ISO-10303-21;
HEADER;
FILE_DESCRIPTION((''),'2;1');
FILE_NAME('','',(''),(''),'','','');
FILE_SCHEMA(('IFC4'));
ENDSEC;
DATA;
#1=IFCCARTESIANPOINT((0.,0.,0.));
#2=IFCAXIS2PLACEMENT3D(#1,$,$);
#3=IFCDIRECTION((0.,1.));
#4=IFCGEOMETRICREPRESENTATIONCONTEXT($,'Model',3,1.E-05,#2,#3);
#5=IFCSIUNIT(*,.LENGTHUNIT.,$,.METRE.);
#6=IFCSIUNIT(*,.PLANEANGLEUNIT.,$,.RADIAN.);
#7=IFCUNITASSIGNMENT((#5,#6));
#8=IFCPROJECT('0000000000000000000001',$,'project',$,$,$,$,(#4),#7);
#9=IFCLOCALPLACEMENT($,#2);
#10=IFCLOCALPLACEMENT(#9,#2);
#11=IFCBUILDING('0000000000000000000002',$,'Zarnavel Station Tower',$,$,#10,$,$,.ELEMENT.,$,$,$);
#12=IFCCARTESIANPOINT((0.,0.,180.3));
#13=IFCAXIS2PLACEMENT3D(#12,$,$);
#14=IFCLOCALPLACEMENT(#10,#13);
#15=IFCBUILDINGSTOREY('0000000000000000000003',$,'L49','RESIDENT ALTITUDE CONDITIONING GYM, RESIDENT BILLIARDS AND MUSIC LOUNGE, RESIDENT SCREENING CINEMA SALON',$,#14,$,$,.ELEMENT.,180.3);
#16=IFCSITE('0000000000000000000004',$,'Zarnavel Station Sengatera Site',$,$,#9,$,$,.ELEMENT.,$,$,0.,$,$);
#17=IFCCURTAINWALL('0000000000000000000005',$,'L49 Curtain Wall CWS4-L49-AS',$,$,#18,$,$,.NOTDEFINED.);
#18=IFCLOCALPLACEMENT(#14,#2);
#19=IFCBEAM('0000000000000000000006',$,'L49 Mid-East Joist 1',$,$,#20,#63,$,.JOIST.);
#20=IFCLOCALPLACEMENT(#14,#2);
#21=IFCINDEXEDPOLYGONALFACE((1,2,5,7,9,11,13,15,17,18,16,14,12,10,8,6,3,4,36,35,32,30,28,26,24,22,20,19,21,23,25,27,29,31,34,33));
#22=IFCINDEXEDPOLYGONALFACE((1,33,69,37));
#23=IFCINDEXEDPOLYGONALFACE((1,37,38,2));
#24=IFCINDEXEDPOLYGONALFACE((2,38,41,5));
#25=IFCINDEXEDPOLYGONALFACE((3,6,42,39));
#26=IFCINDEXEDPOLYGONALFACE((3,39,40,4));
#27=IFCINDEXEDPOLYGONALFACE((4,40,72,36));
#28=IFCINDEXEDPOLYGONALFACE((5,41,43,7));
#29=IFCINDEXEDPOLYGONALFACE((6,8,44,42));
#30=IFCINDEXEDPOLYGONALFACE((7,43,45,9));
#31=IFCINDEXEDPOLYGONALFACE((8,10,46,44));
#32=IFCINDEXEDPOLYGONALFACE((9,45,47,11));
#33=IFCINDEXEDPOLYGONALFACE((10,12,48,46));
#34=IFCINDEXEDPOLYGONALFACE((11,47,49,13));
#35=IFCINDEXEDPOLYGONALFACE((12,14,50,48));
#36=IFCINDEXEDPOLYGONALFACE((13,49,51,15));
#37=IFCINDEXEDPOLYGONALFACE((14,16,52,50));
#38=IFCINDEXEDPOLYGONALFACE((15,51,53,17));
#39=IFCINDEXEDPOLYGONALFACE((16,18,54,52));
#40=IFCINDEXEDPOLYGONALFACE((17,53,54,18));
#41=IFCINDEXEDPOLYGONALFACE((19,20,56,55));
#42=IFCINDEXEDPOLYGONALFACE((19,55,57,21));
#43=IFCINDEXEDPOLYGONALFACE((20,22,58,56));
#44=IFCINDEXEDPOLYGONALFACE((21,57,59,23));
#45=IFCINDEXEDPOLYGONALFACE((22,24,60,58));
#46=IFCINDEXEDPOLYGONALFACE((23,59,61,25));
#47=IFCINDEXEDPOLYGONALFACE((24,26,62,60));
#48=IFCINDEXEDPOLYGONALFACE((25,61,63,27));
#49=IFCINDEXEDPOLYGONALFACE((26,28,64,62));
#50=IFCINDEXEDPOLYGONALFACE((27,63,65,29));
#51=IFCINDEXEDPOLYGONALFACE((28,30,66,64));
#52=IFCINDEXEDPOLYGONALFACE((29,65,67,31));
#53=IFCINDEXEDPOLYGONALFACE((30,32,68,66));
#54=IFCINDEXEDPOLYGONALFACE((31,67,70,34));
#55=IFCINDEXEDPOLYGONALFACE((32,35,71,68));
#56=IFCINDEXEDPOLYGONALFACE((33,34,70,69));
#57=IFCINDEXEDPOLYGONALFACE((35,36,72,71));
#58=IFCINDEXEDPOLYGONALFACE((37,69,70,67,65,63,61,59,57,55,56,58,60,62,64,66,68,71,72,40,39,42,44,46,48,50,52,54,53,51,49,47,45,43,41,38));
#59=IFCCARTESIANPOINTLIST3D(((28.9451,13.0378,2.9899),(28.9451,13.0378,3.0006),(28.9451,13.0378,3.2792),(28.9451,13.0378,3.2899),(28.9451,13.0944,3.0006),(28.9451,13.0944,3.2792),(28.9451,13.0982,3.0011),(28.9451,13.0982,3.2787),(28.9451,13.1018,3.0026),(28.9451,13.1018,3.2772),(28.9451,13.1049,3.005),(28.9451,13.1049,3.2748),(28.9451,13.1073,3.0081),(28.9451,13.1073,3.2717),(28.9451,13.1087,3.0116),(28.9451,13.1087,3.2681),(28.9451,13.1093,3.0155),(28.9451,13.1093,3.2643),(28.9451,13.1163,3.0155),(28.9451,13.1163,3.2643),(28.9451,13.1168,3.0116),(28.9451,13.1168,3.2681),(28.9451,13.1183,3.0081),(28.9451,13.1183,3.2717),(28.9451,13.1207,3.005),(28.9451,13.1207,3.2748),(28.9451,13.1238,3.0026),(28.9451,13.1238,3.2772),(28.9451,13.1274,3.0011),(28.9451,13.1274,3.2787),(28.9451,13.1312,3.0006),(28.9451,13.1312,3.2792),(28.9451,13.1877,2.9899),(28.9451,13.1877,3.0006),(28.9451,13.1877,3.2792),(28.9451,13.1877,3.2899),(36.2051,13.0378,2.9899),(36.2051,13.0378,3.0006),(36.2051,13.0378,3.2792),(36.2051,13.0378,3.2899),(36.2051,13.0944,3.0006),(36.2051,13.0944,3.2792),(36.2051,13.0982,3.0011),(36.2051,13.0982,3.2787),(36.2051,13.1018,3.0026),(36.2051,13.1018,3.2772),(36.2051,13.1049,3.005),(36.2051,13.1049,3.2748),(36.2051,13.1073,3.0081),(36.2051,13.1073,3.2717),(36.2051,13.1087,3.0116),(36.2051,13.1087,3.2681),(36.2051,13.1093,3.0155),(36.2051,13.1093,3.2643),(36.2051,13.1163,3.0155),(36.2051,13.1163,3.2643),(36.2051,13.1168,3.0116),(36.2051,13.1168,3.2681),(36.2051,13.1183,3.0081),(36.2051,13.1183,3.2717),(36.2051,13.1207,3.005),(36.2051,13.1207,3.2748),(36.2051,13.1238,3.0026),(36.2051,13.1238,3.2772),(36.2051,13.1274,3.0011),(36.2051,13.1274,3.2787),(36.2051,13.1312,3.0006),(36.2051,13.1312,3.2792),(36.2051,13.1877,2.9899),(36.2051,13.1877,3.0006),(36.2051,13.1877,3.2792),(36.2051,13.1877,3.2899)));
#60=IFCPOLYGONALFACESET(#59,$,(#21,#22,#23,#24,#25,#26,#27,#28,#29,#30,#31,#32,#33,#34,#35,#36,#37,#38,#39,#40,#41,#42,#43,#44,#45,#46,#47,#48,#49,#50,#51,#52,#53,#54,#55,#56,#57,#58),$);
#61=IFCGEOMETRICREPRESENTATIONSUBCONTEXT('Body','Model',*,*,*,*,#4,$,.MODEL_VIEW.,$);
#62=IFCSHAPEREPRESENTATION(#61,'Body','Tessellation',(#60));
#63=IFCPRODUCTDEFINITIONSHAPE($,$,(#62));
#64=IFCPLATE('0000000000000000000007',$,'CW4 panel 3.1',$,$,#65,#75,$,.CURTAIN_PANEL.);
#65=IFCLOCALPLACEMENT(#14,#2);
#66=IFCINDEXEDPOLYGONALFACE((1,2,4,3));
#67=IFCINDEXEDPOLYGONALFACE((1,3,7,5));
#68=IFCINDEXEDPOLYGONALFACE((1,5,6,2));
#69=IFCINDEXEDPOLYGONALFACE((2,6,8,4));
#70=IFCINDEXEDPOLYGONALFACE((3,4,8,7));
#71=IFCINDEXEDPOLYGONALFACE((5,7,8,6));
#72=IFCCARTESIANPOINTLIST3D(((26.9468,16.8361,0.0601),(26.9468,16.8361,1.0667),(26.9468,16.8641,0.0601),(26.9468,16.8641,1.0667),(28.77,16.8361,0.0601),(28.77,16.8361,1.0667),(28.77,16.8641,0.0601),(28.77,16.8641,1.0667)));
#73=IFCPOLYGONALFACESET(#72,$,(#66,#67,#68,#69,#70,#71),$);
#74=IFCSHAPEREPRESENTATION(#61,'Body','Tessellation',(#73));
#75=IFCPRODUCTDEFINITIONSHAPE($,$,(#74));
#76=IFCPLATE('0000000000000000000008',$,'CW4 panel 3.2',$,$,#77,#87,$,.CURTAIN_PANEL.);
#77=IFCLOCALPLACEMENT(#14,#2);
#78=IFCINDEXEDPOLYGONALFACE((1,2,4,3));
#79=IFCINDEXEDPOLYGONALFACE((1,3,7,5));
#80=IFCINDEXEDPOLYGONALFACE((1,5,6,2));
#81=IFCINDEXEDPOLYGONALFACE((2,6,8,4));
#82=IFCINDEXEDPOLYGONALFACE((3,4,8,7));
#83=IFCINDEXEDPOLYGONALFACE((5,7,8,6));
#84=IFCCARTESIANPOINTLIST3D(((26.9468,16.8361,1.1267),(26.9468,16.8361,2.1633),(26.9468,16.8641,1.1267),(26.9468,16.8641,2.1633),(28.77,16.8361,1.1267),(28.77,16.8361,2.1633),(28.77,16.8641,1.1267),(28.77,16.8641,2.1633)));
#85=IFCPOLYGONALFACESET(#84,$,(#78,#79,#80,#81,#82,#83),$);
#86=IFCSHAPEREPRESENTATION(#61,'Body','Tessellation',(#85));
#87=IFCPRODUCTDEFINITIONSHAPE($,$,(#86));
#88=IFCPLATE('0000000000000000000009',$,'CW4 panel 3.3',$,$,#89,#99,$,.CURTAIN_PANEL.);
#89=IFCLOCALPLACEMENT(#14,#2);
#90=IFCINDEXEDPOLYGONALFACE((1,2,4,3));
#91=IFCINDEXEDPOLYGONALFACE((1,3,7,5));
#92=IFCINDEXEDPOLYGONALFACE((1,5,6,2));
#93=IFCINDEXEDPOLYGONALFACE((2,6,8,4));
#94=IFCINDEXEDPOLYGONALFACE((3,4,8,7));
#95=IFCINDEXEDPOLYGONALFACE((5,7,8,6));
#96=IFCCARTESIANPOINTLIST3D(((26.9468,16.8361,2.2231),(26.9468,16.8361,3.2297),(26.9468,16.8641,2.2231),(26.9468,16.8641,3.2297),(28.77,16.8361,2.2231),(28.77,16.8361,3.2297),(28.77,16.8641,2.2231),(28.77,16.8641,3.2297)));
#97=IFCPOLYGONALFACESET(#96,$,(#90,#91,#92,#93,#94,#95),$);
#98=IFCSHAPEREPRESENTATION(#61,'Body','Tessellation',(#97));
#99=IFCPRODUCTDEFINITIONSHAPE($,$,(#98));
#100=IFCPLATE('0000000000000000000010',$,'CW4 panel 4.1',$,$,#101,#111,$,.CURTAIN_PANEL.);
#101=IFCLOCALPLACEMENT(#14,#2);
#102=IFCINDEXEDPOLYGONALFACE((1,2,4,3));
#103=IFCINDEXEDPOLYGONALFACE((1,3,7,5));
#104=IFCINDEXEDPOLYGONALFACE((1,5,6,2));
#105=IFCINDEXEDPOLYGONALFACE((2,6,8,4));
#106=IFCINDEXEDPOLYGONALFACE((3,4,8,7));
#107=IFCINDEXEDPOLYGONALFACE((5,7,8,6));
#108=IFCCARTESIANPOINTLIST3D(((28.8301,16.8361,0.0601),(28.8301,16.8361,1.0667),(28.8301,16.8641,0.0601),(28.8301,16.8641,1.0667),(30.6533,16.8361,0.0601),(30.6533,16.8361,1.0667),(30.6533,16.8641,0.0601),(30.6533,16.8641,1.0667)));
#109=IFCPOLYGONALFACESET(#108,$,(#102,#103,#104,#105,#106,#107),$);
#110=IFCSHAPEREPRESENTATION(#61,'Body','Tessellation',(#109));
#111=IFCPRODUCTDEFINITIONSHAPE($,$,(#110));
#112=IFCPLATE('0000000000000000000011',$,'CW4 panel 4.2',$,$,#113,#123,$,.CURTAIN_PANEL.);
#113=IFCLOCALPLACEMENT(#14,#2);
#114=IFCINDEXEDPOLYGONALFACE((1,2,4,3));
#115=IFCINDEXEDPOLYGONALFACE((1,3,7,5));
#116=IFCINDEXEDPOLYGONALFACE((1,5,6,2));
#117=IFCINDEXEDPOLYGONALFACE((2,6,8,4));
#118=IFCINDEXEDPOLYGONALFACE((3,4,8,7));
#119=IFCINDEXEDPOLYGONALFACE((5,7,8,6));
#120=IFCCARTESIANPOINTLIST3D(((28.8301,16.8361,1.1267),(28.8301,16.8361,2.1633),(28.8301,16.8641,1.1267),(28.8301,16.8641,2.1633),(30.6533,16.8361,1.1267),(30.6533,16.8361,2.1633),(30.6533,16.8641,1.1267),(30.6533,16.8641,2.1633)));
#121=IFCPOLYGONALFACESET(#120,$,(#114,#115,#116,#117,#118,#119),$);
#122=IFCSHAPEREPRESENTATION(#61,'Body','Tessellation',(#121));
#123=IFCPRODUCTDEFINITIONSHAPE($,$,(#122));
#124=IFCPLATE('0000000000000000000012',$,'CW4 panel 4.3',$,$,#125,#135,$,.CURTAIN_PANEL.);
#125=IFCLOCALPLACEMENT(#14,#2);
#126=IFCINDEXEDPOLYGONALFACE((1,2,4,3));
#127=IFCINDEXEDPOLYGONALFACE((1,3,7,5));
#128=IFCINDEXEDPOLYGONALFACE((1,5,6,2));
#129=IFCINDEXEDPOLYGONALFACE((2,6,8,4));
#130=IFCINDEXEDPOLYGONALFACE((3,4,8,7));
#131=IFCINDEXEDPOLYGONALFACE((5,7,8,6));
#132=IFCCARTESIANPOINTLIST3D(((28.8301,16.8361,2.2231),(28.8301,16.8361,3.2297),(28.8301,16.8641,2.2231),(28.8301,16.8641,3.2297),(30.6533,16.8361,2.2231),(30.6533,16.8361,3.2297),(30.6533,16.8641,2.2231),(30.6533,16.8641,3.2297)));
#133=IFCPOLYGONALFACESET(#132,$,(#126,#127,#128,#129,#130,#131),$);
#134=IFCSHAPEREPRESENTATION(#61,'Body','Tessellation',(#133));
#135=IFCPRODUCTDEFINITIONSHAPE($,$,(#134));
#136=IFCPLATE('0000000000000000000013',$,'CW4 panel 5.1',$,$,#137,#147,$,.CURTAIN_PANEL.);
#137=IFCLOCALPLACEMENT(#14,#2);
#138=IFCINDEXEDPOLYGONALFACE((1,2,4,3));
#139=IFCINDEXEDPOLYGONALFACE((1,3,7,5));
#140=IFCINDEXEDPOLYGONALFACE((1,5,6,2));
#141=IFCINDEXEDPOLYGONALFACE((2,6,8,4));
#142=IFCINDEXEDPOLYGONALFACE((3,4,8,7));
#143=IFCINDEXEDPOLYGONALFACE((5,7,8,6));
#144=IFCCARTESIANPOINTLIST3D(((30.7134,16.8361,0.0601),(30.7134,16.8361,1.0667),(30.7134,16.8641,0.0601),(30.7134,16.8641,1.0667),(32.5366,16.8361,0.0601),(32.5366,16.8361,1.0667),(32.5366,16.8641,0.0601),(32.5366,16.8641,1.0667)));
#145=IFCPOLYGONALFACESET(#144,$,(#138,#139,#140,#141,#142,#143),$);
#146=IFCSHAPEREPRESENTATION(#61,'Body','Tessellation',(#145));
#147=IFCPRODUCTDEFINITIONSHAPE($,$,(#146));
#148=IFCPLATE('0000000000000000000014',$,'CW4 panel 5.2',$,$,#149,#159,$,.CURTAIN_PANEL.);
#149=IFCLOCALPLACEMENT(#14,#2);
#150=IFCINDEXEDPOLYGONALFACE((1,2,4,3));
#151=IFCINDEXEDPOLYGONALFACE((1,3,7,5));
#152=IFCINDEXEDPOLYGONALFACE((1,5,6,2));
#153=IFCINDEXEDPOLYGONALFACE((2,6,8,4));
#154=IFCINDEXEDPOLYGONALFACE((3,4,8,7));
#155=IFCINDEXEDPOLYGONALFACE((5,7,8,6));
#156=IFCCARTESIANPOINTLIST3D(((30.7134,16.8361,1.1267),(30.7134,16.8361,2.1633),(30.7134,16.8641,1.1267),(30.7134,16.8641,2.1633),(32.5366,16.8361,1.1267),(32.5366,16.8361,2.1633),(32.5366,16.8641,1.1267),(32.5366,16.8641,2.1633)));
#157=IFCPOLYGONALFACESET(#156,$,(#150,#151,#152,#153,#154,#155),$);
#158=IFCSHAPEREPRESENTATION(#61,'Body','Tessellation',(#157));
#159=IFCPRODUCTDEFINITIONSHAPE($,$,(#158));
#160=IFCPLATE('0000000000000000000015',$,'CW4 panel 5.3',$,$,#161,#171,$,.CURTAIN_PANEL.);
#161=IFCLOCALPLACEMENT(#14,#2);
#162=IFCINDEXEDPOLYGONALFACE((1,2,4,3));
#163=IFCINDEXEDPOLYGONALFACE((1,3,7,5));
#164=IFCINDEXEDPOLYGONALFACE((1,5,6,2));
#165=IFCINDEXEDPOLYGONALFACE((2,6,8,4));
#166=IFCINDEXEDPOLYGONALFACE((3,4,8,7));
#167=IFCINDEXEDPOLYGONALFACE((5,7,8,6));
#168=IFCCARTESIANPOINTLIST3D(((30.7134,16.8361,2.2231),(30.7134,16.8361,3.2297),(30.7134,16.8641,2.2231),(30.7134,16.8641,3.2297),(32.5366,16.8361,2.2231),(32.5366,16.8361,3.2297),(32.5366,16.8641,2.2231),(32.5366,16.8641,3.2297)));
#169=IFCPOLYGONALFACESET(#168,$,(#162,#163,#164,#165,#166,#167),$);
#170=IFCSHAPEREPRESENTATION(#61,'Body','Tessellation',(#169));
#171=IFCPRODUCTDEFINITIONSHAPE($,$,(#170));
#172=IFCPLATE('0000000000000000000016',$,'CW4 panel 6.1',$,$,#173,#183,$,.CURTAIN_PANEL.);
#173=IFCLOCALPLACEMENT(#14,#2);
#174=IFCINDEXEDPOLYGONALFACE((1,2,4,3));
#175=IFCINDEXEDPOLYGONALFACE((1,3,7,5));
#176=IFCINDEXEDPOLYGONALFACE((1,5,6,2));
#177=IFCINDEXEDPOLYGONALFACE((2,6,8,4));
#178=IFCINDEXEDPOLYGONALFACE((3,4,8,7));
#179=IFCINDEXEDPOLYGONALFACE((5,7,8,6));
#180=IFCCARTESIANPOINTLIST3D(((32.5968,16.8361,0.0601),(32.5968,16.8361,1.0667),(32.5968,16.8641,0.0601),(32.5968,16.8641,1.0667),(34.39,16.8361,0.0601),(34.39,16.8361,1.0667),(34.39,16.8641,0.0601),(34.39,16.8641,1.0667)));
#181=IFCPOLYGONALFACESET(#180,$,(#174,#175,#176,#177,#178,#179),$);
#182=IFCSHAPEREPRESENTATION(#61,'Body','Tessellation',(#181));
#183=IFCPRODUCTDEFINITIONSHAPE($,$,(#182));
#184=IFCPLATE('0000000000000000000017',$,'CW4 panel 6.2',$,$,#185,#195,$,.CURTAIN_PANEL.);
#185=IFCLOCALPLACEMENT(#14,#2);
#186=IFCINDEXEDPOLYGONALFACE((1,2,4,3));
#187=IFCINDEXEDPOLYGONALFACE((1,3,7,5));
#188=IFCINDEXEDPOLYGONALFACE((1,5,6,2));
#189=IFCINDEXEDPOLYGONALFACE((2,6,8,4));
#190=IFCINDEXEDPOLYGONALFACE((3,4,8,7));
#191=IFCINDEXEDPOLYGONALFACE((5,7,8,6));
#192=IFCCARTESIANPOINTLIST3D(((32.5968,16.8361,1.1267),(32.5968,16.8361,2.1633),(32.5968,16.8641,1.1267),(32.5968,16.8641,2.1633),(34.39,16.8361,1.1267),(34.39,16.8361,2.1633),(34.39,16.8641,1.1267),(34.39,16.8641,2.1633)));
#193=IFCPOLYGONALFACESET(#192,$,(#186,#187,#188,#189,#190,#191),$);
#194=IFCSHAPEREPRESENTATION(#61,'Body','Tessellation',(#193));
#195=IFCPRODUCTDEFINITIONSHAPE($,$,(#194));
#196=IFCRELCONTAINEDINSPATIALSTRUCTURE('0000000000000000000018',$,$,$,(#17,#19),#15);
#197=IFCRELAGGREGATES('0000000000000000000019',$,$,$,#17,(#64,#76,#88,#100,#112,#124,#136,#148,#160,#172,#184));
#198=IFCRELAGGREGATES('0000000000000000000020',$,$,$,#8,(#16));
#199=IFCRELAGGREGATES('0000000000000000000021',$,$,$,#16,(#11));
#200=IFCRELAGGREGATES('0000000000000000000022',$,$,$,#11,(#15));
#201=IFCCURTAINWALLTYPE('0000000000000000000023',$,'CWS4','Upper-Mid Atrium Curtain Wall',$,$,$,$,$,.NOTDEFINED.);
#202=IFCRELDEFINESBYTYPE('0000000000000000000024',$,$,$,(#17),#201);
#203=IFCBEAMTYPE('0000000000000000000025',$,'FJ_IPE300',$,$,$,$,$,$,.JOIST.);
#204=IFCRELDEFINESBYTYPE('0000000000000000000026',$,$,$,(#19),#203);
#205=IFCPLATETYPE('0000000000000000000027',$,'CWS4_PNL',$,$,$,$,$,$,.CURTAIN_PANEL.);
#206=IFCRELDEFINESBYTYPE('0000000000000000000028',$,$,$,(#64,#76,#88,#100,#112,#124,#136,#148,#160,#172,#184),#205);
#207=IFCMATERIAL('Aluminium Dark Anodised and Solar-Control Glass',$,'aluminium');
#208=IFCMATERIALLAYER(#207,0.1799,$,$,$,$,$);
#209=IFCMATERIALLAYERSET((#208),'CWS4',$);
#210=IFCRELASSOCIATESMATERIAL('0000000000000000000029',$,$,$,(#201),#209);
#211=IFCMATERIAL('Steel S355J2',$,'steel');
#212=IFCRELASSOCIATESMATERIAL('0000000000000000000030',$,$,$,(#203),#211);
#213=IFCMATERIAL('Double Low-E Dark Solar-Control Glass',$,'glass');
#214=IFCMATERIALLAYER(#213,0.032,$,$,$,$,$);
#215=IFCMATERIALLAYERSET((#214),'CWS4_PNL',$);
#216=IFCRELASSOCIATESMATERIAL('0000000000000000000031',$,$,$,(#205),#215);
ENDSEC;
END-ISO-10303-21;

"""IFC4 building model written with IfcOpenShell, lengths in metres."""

from ifc_helpers import new_model, si_unit, direction, frame, origin, origin_2d, place, context, subcontext, project, spatial, rectangle, i_section, extrude, material, layer, layer_set, material_profile, profile_set, type_object, element, aggregate, save


model = new_model("IFC4")

# Units and contexts
model_context = context("Model", 3, precision=1e-05, world=origin(), true_north=direction((0.0, 1.0)))
body_context = subcontext(model_context, "Body", "Model", "MODEL_VIEW")
ifc_project = project(units=[si_unit("LENGTHUNIT", "METRE"), si_unit("PLANEANGLEUNIT", "RADIAN")], contexts=[model_context])

# Site, building, storey
site_placement = place(None, origin())
site = spatial("IfcSite", under=ifc_project, at=site_placement, Name="Zarnavel Station Sengatera Site", CompositionType="ELEMENT", RefElevation=0.0)
building_placement = place(site_placement, origin())
building = spatial("IfcBuilding", under=site, at=building_placement, Name="Zarnavel Station Tower", CompositionType="ELEMENT")
storey_placement = place(building_placement, frame((0.0, 0.0, 180.3)))
storey = spatial("IfcBuildingStorey", under=building, at=storey_placement, Name="L49", Description="RESIDENT ALTITUDE CONDITIONING GYM, RESIDENT BILLIARDS AND MUSIC LOUNGE, RESIDENT SCREENING CINEMA SALON", CompositionType="ELEMENT", Elevation=180.3)

# Curtain wall
ifc_material_1 = material(Name="Aluminium Dark Anodised and Solar-Control Glass", Category="aluminium")
ifc_layer_1 = layer(ifc_material_1, 0.1799)
ifc_layer_set_1 = layer_set([ifc_layer_1], Name="CWS4")
curtain_wall_type = type_object("IfcCurtainWallType", Name="CWS4", Description="Upper-Mid Atrium Curtain Wall", PredefinedType="NOTDEFINED", material=ifc_layer_set_1)
curtain_wall_placement = place(storey_placement, origin())
curtain_wall = element("IfcCurtainWall", 1, at=curtain_wall_placement, inside=storey, type_object=curtain_wall_type, Name="L49 Curtain Wall CWS4-L49-AS", PredefinedType="NOTDEFINED")

# Beam
ifc_material_2 = material(Name="Steel S355J2", Category="steel")
ifc_material_profile_1 = material_profile(ifc_material_2, i_section(OverallWidth=0.1499, OverallDepth=0.3, WebThickness=0.0071, FlangeThickness=0.0107, FilletRadius=0.0149, at=origin_2d()), Name="IPE300")
ifc_profile_set_1 = profile_set([ifc_material_profile_1], Name="Steel S355J2")
beam_type_1 = type_object("IfcBeamType", Name="FJ_IPE300", PredefinedType="JOIST", material=ifc_profile_set_1)
beam_1_placement = place(storey_placement, frame((28.9451, 13.1128, 3.1399), z_axis=(1.0, 0.0, 0.0), x_axis=(0.0, 1.0, 0.0)))
element("IfcBeam", 2, at=beam_1_placement, inside=storey, type_object=beam_type_1, Name="L49 Mid-East Joist 1", PredefinedType="JOIST", context=body_context, shape_type="SweptSolid", body=[
    extrude(i_section(OverallWidth=0.1499, OverallDepth=0.3, WebThickness=0.0071, FlangeThickness=0.0107, FilletRadius=0.0149, at=origin_2d()), origin(), (0.0, 0.0, 1.0), 7.26),
])

# Plates
ifc_material_3 = material(Name="Double Low-E Dark Solar-Control Glass", Category="glass")
ifc_layer_2 = layer(ifc_material_3, 0.032)
ifc_layer_set_2 = layer_set([ifc_layer_2], Name="CWS4_PNL")
plate_type = type_object("IfcPlateType", Name="CWS4_PNL", PredefinedType="CURTAIN_PANEL", material=ifc_layer_set_2)
plate_1_placement = place(storey_placement, frame((27.8584, 16.8501, 0.0601), z_axis=(0.0, 0.0, 1.0), x_axis=(1.0, 0.0, 0.0)))
plate_1 = element("IfcPlate", 3, at=plate_1_placement, type_object=plate_type, Name="CW4 panel 3.1", PredefinedType="CURTAIN_PANEL", context=body_context, shape_type="SweptSolid", body=[
    extrude(rectangle(XDim=1.8232, YDim=0.0281, at=origin_2d()), origin(), (0.0, 0.0, 1.0), 1.0066),
])
plate_2_placement = place(storey_placement, frame((27.8584, 16.8501, 1.1267), z_axis=(0.0, 0.0, 1.0), x_axis=(1.0, 0.0, 0.0)))
plate_2 = element("IfcPlate", 4, at=plate_2_placement, type_object=plate_type, Name="CW4 panel 3.2", PredefinedType="CURTAIN_PANEL", context=body_context, shape_type="SweptSolid", body=[
    extrude(rectangle(XDim=1.8232, YDim=0.0281, at=origin_2d()), origin(), (0.0, 0.0, 1.0), 1.0366),
])
plate_3_placement = place(storey_placement, frame((27.8584, 16.8501, 2.2231), z_axis=(0.0, 0.0, 1.0), x_axis=(1.0, 0.0, 0.0)))
plate_3 = element("IfcPlate", 5, at=plate_3_placement, type_object=plate_type, Name="CW4 panel 3.3", PredefinedType="CURTAIN_PANEL", context=body_context, shape_type="SweptSolid", body=[
    extrude(rectangle(XDim=1.8232, YDim=0.0281, at=origin_2d()), origin(), (0.0, 0.0, 1.0), 1.0066),
])
plate_4_placement = place(storey_placement, frame((29.7417, 16.8501, 0.0601), z_axis=(0.0, 0.0, 1.0), x_axis=(1.0, 0.0, 0.0)))
plate_4 = element("IfcPlate", 6, at=plate_4_placement, type_object=plate_type, Name="CW4 panel 4.1", PredefinedType="CURTAIN_PANEL", context=body_context, shape_type="SweptSolid", body=[
    extrude(rectangle(XDim=1.8232, YDim=0.0281, at=origin_2d()), origin(), (0.0, 0.0, 1.0), 1.0066),
])
plate_5_placement = place(storey_placement, frame((29.7417, 16.8501, 1.1267), z_axis=(0.0, 0.0, 1.0), x_axis=(1.0, 0.0, 0.0)))
plate_5 = element("IfcPlate", 7, at=plate_5_placement, type_object=plate_type, Name="CW4 panel 4.2", PredefinedType="CURTAIN_PANEL", context=body_context, shape_type="SweptSolid", body=[
    extrude(rectangle(XDim=1.8232, YDim=0.0281, at=origin_2d()), origin(), (0.0, 0.0, 1.0), 1.0366),
])
plate_6_placement = place(storey_placement, frame((29.7417, 16.8501, 2.2231), z_axis=(0.0, 0.0, 1.0), x_axis=(1.0, 0.0, 0.0)))
plate_6 = element("IfcPlate", 8, at=plate_6_placement, type_object=plate_type, Name="CW4 panel 4.3", PredefinedType="CURTAIN_PANEL", context=body_context, shape_type="SweptSolid", body=[
    extrude(rectangle(XDim=1.8232, YDim=0.0281, at=origin_2d()), origin(), (0.0, 0.0, 1.0), 1.0066),
])
plate_7_placement = place(storey_placement, frame((31.625, 16.8501, 0.0601), z_axis=(0.0, 0.0, 1.0), x_axis=(1.0, 0.0, 0.0)))
plate_7 = element("IfcPlate", 9, at=plate_7_placement, type_object=plate_type, Name="CW4 panel 5.1", PredefinedType="CURTAIN_PANEL", context=body_context, shape_type="SweptSolid", body=[
    extrude(rectangle(XDim=1.8232, YDim=0.0281, at=origin_2d()), origin(), (0.0, 0.0, 1.0), 1.0066),
])
plate_8_placement = place(storey_placement, frame((31.625, 16.8501, 1.1267), z_axis=(0.0, 0.0, 1.0), x_axis=(1.0, 0.0, 0.0)))
plate_8 = element("IfcPlate", 10, at=plate_8_placement, type_object=plate_type, Name="CW4 panel 5.2", PredefinedType="CURTAIN_PANEL", context=body_context, shape_type="SweptSolid", body=[
    extrude(rectangle(XDim=1.8232, YDim=0.0281, at=origin_2d()), origin(), (0.0, 0.0, 1.0), 1.0366),
])
plate_9_placement = place(storey_placement, frame((31.625, 16.8501, 2.2231), z_axis=(0.0, 0.0, 1.0), x_axis=(1.0, 0.0, 0.0)))
plate_9 = element("IfcPlate", 11, at=plate_9_placement, type_object=plate_type, Name="CW4 panel 5.3", PredefinedType="CURTAIN_PANEL", context=body_context, shape_type="SweptSolid", body=[
    extrude(rectangle(XDim=1.8232, YDim=0.0281, at=origin_2d()), origin(), (0.0, 0.0, 1.0), 1.0066),
])
plate_10_placement = place(storey_placement, frame((33.4934, 16.8501, 0.0601), z_axis=(0.0, 0.0, 1.0), x_axis=(1.0, 0.0, 0.0)))
plate_10 = element("IfcPlate", 12, at=plate_10_placement, type_object=plate_type, Name="CW4 panel 6.1", PredefinedType="CURTAIN_PANEL", context=body_context, shape_type="SweptSolid", body=[
    extrude(rectangle(XDim=1.7932, YDim=0.0281, at=origin_2d()), origin(), (0.0, 0.0, 1.0), 1.0066),
])
plate_11_placement = place(storey_placement, frame((33.4934, 16.8501, 1.1267), z_axis=(0.0, 0.0, 1.0), x_axis=(1.0, 0.0, 0.0)))
plate_11 = element("IfcPlate", 13, at=plate_11_placement, type_object=plate_type, Name="CW4 panel 6.2", PredefinedType="CURTAIN_PANEL", context=body_context, shape_type="SweptSolid", body=[
    extrude(rectangle(XDim=1.7932, YDim=0.0281, at=origin_2d()), origin(), (0.0, 0.0, 1.0), 1.0366),
])
aggregate(curtain_wall, [plate_1, plate_2, plate_3, plate_4, plate_5, plate_6, plate_7, plate_8, plate_9, plate_10, plate_11])

save(model, "model.ifc")
